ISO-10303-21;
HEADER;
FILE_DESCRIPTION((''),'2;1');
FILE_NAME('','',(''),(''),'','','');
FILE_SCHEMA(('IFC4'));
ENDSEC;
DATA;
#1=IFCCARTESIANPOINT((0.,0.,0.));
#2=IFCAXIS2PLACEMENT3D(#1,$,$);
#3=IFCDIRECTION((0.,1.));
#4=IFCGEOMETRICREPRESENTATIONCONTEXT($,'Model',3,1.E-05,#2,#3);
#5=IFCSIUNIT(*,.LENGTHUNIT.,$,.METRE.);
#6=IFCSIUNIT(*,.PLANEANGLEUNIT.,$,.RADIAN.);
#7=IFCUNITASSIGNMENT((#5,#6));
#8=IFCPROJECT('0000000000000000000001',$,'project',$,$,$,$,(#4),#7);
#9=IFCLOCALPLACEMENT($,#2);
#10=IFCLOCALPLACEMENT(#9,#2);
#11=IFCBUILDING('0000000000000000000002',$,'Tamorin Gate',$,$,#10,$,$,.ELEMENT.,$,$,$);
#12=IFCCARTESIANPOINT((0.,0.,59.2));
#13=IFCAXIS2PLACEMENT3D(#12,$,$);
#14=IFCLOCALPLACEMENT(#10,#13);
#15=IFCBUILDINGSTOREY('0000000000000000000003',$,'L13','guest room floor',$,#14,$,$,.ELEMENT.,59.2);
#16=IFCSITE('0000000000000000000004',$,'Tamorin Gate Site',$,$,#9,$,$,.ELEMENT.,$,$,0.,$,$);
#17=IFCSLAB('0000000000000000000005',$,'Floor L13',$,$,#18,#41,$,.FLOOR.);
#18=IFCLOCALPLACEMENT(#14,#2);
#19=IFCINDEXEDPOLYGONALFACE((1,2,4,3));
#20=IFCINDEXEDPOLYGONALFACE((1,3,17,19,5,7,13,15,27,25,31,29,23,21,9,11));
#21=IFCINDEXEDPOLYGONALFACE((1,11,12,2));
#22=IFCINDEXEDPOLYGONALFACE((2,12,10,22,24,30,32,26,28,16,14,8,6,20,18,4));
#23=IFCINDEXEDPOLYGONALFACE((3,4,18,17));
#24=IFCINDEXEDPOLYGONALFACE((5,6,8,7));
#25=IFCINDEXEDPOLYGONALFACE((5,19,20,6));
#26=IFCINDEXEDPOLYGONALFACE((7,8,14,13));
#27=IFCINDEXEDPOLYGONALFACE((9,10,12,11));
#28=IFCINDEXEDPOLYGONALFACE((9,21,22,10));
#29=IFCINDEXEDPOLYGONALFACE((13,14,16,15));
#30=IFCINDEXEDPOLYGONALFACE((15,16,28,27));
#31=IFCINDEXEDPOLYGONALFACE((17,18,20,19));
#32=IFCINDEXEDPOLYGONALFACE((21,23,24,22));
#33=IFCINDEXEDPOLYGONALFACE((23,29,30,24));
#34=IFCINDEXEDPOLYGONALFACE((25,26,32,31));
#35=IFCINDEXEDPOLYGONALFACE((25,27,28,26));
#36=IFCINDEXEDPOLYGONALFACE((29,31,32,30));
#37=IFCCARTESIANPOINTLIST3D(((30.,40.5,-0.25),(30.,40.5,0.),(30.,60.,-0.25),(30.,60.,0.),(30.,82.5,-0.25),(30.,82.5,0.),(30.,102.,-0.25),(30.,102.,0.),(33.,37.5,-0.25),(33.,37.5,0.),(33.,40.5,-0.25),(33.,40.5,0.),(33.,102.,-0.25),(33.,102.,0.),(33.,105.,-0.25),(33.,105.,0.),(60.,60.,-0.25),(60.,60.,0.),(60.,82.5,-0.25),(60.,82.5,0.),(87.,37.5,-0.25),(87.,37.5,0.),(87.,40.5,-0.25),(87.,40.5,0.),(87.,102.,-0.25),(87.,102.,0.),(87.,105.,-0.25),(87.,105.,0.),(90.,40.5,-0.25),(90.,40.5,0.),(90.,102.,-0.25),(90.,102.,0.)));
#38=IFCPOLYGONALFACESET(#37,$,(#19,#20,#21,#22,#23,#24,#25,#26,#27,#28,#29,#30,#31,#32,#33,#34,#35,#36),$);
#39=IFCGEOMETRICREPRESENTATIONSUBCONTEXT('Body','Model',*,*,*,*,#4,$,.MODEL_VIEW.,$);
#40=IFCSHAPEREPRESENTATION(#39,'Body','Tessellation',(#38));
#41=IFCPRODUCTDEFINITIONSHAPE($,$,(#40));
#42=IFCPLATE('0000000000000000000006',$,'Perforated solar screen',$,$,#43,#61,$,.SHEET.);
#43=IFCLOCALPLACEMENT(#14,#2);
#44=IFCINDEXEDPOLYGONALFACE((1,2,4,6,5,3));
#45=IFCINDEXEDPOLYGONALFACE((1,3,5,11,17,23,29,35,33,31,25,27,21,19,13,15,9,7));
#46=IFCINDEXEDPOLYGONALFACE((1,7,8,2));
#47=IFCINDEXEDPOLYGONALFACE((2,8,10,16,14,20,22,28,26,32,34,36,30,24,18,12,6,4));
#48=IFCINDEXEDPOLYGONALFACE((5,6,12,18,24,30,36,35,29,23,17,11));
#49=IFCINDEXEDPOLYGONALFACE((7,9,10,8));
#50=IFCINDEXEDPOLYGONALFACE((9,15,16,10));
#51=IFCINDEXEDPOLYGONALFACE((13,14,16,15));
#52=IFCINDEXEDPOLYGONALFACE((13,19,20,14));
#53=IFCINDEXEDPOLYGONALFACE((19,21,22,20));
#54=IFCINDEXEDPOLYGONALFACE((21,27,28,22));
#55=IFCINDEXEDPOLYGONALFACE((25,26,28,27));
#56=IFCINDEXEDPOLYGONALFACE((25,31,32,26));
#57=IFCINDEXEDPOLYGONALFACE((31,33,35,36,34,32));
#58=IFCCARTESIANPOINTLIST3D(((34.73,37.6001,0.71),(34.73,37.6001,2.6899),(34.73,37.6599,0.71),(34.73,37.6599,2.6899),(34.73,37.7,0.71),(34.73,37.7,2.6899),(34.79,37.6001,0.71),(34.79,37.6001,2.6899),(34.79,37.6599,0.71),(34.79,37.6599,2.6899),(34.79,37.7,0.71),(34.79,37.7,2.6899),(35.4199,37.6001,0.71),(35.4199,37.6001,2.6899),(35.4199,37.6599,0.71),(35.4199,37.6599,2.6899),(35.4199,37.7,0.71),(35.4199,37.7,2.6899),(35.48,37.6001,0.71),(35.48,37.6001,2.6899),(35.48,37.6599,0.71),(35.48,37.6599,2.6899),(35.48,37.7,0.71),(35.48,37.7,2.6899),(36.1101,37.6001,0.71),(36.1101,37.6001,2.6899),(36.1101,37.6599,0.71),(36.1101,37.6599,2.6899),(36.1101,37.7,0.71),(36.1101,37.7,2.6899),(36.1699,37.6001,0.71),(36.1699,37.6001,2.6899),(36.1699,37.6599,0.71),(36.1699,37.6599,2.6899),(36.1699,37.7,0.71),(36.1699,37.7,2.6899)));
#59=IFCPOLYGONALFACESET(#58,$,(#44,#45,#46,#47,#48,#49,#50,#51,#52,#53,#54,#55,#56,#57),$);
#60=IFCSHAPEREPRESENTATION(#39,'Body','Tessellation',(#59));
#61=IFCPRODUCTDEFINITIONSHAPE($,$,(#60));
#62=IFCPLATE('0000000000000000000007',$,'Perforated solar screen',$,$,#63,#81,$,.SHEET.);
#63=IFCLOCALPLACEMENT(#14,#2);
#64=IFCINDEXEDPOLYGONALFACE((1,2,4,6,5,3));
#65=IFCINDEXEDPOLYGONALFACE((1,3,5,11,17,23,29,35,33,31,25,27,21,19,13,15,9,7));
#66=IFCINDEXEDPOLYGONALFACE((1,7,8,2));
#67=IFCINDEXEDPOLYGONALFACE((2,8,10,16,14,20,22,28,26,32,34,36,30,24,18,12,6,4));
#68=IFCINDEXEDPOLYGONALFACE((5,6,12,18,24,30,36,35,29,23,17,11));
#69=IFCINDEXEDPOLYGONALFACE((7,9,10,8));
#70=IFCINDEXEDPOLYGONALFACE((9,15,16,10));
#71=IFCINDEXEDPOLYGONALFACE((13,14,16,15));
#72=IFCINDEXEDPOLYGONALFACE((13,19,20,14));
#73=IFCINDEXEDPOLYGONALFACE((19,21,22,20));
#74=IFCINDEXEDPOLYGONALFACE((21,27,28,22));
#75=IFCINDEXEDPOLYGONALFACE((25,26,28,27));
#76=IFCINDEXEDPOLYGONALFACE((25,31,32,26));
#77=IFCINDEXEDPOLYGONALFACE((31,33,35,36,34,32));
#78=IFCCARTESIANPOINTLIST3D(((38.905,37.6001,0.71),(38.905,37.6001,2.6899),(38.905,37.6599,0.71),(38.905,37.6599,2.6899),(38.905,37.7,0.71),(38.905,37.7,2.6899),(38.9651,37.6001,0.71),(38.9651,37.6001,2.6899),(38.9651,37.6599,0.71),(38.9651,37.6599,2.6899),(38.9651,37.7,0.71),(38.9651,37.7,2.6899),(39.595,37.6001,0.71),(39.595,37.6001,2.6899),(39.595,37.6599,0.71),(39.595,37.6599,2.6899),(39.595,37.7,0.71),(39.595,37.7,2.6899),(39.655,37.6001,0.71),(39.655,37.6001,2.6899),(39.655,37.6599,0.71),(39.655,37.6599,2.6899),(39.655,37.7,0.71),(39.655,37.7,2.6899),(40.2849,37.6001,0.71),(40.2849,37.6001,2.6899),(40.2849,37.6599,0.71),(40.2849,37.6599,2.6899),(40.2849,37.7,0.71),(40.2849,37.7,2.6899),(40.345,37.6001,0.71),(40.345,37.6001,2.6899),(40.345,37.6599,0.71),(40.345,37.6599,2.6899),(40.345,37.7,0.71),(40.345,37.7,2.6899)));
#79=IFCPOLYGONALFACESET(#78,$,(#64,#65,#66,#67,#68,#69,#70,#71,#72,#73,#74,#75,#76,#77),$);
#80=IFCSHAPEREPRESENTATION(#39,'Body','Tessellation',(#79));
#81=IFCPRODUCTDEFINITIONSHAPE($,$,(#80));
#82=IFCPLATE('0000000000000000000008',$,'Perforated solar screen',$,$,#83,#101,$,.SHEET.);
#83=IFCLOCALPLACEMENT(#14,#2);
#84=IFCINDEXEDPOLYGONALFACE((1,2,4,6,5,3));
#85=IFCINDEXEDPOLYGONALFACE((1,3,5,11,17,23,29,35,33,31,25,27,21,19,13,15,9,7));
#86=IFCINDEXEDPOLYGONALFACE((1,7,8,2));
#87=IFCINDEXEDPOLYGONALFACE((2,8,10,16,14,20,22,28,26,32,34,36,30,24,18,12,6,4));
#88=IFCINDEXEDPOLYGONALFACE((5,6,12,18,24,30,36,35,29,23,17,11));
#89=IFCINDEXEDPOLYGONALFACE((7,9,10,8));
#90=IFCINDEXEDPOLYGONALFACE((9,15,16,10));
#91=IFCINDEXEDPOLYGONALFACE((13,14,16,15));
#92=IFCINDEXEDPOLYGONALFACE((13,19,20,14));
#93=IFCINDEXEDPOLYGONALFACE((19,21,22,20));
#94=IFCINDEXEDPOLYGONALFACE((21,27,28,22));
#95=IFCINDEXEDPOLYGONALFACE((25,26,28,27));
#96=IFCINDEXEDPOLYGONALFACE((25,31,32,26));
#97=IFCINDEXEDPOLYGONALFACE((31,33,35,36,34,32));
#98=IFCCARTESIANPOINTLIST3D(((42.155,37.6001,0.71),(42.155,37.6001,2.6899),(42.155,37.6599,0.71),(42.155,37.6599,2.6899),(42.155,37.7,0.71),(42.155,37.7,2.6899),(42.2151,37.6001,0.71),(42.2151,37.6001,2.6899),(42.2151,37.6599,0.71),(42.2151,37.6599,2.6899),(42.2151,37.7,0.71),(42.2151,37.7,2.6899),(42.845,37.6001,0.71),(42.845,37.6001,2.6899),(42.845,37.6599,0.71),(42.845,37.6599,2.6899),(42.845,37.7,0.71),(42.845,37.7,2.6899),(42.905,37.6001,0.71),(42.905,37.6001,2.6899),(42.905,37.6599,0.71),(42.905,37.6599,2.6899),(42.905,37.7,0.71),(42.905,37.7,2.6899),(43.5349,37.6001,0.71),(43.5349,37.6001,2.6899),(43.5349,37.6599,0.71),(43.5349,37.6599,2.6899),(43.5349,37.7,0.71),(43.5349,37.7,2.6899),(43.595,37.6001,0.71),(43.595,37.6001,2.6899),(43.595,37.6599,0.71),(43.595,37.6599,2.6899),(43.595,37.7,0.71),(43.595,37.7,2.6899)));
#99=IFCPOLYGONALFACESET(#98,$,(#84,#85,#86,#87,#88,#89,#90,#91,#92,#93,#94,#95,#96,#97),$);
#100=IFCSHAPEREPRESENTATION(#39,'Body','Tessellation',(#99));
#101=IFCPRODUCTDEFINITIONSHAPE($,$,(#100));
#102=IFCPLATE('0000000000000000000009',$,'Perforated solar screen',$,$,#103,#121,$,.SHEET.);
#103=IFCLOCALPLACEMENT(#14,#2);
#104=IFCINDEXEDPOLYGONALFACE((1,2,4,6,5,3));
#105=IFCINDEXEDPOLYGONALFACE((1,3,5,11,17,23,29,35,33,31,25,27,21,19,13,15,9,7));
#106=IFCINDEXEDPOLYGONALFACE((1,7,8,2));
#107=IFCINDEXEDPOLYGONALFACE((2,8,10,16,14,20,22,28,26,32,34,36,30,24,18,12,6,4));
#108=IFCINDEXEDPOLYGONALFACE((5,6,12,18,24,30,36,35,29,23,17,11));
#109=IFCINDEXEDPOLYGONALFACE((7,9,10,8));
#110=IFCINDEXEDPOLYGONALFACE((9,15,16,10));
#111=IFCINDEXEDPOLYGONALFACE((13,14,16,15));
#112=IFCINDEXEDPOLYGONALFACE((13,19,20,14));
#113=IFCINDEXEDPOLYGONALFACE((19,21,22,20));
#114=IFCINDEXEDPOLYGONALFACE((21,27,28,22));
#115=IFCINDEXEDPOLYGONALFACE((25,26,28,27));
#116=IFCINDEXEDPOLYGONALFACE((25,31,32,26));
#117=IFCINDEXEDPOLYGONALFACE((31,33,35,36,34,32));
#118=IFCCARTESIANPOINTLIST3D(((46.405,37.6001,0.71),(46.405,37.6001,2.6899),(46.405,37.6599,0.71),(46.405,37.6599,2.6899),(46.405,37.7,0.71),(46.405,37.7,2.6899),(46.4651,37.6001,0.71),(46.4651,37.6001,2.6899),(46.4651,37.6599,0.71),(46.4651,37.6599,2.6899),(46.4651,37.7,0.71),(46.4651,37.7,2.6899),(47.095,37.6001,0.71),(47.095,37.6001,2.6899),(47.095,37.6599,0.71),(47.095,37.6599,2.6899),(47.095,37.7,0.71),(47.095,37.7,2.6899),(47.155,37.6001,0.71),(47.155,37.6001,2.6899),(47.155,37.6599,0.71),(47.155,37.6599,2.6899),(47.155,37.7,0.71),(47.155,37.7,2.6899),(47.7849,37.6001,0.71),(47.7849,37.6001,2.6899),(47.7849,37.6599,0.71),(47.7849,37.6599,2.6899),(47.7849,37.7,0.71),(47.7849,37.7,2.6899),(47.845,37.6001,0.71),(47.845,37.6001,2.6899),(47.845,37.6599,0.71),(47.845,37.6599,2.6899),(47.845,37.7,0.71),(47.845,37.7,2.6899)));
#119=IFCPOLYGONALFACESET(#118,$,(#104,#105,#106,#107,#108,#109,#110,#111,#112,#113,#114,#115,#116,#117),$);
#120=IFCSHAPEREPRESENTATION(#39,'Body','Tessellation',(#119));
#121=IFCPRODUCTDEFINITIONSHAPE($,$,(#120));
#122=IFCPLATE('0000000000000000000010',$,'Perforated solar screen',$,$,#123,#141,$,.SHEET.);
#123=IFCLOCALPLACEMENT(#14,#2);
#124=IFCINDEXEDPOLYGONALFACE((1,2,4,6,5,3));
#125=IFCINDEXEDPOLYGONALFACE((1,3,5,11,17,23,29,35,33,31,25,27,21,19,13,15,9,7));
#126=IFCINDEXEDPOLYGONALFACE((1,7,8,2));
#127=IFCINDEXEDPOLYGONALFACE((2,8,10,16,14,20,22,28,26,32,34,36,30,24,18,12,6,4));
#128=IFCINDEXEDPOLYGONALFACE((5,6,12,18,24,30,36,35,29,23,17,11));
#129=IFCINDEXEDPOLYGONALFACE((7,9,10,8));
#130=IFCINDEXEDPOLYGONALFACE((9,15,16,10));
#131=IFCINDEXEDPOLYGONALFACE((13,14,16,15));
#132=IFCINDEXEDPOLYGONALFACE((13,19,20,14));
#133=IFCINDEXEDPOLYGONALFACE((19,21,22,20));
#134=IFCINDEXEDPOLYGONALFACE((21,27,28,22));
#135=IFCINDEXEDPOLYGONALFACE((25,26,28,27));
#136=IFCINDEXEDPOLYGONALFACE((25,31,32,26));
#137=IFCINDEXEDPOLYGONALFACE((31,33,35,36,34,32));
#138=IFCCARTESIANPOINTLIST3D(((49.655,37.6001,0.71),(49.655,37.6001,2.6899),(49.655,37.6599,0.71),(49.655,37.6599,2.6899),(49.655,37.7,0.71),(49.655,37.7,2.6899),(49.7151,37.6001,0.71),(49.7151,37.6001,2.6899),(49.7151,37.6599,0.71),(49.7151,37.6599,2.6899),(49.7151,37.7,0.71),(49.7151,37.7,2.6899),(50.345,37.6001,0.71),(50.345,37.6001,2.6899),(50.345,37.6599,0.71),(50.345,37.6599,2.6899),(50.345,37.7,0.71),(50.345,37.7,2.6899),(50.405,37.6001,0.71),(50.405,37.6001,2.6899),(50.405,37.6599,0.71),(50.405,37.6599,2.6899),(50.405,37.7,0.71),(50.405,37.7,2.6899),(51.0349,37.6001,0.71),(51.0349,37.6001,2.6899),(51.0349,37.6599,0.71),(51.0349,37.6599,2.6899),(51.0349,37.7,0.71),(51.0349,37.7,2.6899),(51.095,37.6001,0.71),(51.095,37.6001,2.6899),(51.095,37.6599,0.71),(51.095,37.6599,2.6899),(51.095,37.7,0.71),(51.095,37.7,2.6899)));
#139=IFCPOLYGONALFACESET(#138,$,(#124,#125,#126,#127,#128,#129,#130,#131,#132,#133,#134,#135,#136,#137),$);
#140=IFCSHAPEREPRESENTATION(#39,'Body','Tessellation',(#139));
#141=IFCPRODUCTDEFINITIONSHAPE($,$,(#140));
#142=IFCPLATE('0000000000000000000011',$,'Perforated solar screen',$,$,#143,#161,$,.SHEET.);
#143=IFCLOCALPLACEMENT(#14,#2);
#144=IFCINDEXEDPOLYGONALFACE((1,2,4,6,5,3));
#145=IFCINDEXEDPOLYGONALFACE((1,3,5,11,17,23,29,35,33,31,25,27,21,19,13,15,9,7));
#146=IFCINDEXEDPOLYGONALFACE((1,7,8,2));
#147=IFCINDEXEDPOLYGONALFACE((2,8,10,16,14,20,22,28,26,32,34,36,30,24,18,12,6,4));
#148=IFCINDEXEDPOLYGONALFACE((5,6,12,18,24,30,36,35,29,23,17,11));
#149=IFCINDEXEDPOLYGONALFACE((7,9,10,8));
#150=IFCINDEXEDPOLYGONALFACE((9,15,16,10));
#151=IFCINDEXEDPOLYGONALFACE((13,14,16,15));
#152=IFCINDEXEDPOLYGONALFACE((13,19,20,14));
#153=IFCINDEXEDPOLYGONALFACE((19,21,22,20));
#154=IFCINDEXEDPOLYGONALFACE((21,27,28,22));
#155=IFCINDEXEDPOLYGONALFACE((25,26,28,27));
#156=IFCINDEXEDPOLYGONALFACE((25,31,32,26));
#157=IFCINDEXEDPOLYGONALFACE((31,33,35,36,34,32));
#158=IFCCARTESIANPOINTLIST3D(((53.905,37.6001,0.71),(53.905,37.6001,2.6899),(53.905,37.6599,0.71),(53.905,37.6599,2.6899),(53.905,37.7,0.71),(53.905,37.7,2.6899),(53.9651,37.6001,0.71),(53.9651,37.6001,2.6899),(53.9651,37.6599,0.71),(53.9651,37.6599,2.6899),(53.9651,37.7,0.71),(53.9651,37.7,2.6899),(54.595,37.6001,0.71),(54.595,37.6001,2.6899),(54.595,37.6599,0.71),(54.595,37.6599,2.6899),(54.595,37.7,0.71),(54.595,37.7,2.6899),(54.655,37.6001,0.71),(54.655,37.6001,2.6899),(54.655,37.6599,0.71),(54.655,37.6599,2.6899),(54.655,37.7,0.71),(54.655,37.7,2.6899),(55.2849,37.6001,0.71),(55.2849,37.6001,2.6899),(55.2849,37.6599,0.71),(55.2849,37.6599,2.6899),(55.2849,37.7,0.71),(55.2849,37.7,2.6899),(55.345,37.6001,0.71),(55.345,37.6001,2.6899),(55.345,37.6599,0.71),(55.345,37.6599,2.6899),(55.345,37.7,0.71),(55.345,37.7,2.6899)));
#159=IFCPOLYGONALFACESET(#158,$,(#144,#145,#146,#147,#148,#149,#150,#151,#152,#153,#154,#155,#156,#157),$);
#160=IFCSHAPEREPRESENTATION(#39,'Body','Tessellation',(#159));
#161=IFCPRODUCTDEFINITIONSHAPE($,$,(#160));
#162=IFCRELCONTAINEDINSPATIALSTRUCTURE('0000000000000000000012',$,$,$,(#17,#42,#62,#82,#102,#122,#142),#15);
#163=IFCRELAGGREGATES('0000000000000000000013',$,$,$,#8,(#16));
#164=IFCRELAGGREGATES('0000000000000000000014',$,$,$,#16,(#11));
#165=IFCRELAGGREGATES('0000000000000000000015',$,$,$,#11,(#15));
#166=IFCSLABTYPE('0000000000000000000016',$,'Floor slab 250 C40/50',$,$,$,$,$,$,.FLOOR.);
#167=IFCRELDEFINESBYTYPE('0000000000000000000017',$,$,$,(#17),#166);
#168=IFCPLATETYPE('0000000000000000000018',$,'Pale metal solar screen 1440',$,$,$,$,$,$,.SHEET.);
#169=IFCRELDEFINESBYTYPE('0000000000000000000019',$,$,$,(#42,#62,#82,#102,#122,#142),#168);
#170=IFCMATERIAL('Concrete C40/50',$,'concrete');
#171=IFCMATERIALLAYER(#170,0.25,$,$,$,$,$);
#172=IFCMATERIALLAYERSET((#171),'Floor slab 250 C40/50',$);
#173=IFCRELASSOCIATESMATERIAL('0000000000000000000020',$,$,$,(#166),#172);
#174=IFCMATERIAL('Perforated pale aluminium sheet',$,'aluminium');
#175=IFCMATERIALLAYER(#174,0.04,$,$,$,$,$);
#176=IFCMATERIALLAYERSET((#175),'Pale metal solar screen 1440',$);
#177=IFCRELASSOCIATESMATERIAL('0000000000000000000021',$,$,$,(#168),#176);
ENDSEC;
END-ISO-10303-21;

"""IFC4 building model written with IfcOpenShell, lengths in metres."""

from ifc_helpers import new_model, si_unit, direction, frame, origin, place, context, subcontext, project, spatial, polyline, outline, extrude, material, layer, layer_set, type_object, element, save


model = new_model("IFC4")

# Units and contexts
model_context = context("Model", 3, precision=1e-05, world=origin(), true_north=direction((0.0, 1.0)))
body_context = subcontext(model_context, "Body", "Model", "MODEL_VIEW")
ifc_project = project(units=[si_unit("LENGTHUNIT", "METRE"), si_unit("PLANEANGLEUNIT", "RADIAN")], contexts=[model_context])

# Site, building, storey
site_placement = place(None, origin())
site = spatial("IfcSite", under=ifc_project, at=site_placement, Name="Tamorin Gate Site", CompositionType="ELEMENT", RefElevation=0.0)
building_placement = place(site_placement, origin())
building = spatial("IfcBuilding", under=site, at=building_placement, Name="Tamorin Gate", CompositionType="ELEMENT")
storey_placement = place(building_placement, frame((0.0, 0.0, 59.2)))
storey = spatial("IfcBuildingStorey", under=building, at=storey_placement, Name="L13", Description="guest room floor", CompositionType="ELEMENT", Elevation=59.2)

# Slab
ifc_material_1 = material(Name="Concrete C40/50", Category="concrete")
ifc_layer_1 = layer(ifc_material_1, 0.25)
ifc_layer_set_1 = layer_set([ifc_layer_1], Name="Floor slab 250 C40/50")
slab_type = type_object("IfcSlabType", Name="Floor slab 250 C40/50", PredefinedType="FLOOR", material=ifc_layer_set_1)
slab_placement = place(storey_placement, frame((0.0, 0.0, -0.25)))
element("IfcSlab", 1, at=slab_placement, inside=storey, type_object=slab_type, Name="Floor L13", PredefinedType="FLOOR", context=body_context, shape_type="SweptSolid", body=[
    extrude(outline(polyline([(30.0, 102.0), (33.0, 102.0), (33.0, 105.0), (87.0, 105.0), (87.0, 102.0), (90.0, 102.0), (90.0, 40.5), (87.0, 40.5), (87.0, 37.5), (33.0, 37.5), (33.0, 40.5), (30.0, 40.5), (30.0, 60.0), (60.0, 60.0), (60.0, 82.5), (30.0, 82.5), (30.0, 102.0)])), origin(), (0.0, 0.0, 1.0), 0.25),
])

# Plates
ifc_material_2 = material(Name="Perforated pale aluminium sheet", Category="aluminium")
ifc_layer_2 = layer(ifc_material_2, 0.04)
ifc_layer_set_2 = layer_set([ifc_layer_2], Name="Pale metal solar screen 1440")
plate_type = type_object("IfcPlateType", Name="Pale metal solar screen 1440", PredefinedType="SHEET", material=ifc_layer_set_2)
plate_1_placement = place(storey_placement, frame((0.0, 0.0, 0.71)))
element("IfcPlate", 2, at=plate_1_placement, inside=storey, type_object=plate_type, Name="Perforated solar screen", PredefinedType="SHEET", context=body_context, shape_type="SweptSolid", body=[
    extrude(outline(polyline([(34.73, 37.6599), (34.73, 37.7), (34.79, 37.7), (35.4199, 37.7), (35.48, 37.7), (36.1101, 37.7), (36.1699, 37.7), (36.1699, 37.6599), (36.1699, 37.6001), (36.1101, 37.6001), (36.1101, 37.6599), (35.48, 37.6599), (35.48, 37.6001), (35.4199, 37.6001), (35.4199, 37.6599), (34.79, 37.6599), (34.79, 37.6001), (34.73, 37.6001), (34.73, 37.6599)])), origin(), (0.0, 0.0, 1.0), 1.98),
])
plate_2_placement = place(storey_placement, frame((0.0, 0.0, 0.71)))
element("IfcPlate", 3, at=plate_2_placement, inside=storey, type_object=plate_type, Name="Perforated solar screen", PredefinedType="SHEET", context=body_context, shape_type="SweptSolid", body=[
    extrude(outline(polyline([(38.905, 37.6599), (38.905, 37.7), (38.9651, 37.7), (39.595, 37.7), (39.655, 37.7), (40.2849, 37.7), (40.345, 37.7), (40.345, 37.7), (40.345, 37.6599), (40.345, 37.6599), (40.345, 37.6001), (40.2849, 37.6001), (40.2849, 37.6599), (39.655, 37.6599), (39.655, 37.6001), (39.595, 37.6001), (39.595, 37.6599), (38.9651, 37.6599), (38.9651, 37.6001), (38.905, 37.6001), (38.905, 37.6599)])), origin(), (0.0, 0.0, 1.0), 1.98),
])
plate_3_placement = place(storey_placement, frame((0.0, 0.0, 0.71)))
element("IfcPlate", 4, at=plate_3_placement, inside=storey, type_object=plate_type, Name="Perforated solar screen", PredefinedType="SHEET", context=body_context, shape_type="SweptSolid", body=[
    extrude(outline(polyline([(42.155, 37.6599), (42.155, 37.7), (42.2151, 37.7), (42.845, 37.7), (42.905, 37.7), (43.5349, 37.7), (43.595, 37.7), (43.595, 37.6599), (43.595, 37.6001), (43.5349, 37.6001), (43.5349, 37.6599), (42.905, 37.6599), (42.905, 37.6001), (42.845, 37.6001), (42.845, 37.6599), (42.2151, 37.6599), (42.2151, 37.6001), (42.155, 37.6001), (42.155, 37.6599)])), origin(), (0.0, 0.0, 1.0), 1.98),
])
plate_4_placement = place(storey_placement, frame((0.0, 0.0, 0.71)))
element("IfcPlate", 5, at=plate_4_placement, inside=storey, type_object=plate_type, Name="Perforated solar screen", PredefinedType="SHEET", context=body_context, shape_type="SweptSolid", body=[
    extrude(outline(polyline([(46.405, 37.6599), (46.405, 37.7), (46.4651, 37.7), (47.095, 37.7), (47.155, 37.7), (47.7849, 37.7), (47.845, 37.7), (47.845, 37.6599), (47.845, 37.6001), (47.7849, 37.6001), (47.7849, 37.6599), (47.155, 37.6599), (47.155, 37.6001), (47.095, 37.6001), (47.095, 37.6599), (46.4651, 37.6599), (46.4651, 37.6001), (46.405, 37.6001), (46.405, 37.6599)])), origin(), (0.0, 0.0, 1.0), 1.98),
])
plate_5_placement = place(storey_placement, frame((0.0, 0.0, 0.71)))
element("IfcPlate", 6, at=plate_5_placement, inside=storey, type_object=plate_type, Name="Perforated solar screen", PredefinedType="SHEET", context=body_context, shape_type="SweptSolid", body=[
    extrude(outline(polyline([(49.655, 37.6599), (49.655, 37.7), (49.7151, 37.7), (50.345, 37.7), (50.405, 37.7), (51.0349, 37.7), (51.095, 37.7), (51.095, 37.6599), (51.095, 37.6001), (51.0349, 37.6001), (51.0349, 37.6599), (50.405, 37.6599), (50.405, 37.6001), (50.345, 37.6001), (50.345, 37.6599), (49.7151, 37.6599), (49.7151, 37.6001), (49.655, 37.6001), (49.655, 37.6599)])), origin(), (0.0, 0.0, 1.0), 1.98),
])
plate_6_placement = place(storey_placement, frame((0.0, 0.0, 0.71)))
element("IfcPlate", 7, at=plate_6_placement, inside=storey, type_object=plate_type, Name="Perforated solar screen", PredefinedType="SHEET", context=body_context, shape_type="SweptSolid", body=[
    extrude(outline(polyline([(53.905, 37.6599), (53.905, 37.7), (53.9651, 37.7), (54.595, 37.7), (54.655, 37.7), (55.2849, 37.7), (55.345, 37.7), (55.345, 37.6599), (55.345, 37.6001), (55.2849, 37.6001), (55.2849, 37.6599), (54.655, 37.6599), (54.655, 37.6001), (54.595, 37.6001), (54.595, 37.6599), (53.9651, 37.6599), (53.9651, 37.6001), (53.905, 37.6001), (53.905, 37.6599)])), origin(), (0.0, 0.0, 1.0), 1.98),
])

save(model, "model.ifc")
